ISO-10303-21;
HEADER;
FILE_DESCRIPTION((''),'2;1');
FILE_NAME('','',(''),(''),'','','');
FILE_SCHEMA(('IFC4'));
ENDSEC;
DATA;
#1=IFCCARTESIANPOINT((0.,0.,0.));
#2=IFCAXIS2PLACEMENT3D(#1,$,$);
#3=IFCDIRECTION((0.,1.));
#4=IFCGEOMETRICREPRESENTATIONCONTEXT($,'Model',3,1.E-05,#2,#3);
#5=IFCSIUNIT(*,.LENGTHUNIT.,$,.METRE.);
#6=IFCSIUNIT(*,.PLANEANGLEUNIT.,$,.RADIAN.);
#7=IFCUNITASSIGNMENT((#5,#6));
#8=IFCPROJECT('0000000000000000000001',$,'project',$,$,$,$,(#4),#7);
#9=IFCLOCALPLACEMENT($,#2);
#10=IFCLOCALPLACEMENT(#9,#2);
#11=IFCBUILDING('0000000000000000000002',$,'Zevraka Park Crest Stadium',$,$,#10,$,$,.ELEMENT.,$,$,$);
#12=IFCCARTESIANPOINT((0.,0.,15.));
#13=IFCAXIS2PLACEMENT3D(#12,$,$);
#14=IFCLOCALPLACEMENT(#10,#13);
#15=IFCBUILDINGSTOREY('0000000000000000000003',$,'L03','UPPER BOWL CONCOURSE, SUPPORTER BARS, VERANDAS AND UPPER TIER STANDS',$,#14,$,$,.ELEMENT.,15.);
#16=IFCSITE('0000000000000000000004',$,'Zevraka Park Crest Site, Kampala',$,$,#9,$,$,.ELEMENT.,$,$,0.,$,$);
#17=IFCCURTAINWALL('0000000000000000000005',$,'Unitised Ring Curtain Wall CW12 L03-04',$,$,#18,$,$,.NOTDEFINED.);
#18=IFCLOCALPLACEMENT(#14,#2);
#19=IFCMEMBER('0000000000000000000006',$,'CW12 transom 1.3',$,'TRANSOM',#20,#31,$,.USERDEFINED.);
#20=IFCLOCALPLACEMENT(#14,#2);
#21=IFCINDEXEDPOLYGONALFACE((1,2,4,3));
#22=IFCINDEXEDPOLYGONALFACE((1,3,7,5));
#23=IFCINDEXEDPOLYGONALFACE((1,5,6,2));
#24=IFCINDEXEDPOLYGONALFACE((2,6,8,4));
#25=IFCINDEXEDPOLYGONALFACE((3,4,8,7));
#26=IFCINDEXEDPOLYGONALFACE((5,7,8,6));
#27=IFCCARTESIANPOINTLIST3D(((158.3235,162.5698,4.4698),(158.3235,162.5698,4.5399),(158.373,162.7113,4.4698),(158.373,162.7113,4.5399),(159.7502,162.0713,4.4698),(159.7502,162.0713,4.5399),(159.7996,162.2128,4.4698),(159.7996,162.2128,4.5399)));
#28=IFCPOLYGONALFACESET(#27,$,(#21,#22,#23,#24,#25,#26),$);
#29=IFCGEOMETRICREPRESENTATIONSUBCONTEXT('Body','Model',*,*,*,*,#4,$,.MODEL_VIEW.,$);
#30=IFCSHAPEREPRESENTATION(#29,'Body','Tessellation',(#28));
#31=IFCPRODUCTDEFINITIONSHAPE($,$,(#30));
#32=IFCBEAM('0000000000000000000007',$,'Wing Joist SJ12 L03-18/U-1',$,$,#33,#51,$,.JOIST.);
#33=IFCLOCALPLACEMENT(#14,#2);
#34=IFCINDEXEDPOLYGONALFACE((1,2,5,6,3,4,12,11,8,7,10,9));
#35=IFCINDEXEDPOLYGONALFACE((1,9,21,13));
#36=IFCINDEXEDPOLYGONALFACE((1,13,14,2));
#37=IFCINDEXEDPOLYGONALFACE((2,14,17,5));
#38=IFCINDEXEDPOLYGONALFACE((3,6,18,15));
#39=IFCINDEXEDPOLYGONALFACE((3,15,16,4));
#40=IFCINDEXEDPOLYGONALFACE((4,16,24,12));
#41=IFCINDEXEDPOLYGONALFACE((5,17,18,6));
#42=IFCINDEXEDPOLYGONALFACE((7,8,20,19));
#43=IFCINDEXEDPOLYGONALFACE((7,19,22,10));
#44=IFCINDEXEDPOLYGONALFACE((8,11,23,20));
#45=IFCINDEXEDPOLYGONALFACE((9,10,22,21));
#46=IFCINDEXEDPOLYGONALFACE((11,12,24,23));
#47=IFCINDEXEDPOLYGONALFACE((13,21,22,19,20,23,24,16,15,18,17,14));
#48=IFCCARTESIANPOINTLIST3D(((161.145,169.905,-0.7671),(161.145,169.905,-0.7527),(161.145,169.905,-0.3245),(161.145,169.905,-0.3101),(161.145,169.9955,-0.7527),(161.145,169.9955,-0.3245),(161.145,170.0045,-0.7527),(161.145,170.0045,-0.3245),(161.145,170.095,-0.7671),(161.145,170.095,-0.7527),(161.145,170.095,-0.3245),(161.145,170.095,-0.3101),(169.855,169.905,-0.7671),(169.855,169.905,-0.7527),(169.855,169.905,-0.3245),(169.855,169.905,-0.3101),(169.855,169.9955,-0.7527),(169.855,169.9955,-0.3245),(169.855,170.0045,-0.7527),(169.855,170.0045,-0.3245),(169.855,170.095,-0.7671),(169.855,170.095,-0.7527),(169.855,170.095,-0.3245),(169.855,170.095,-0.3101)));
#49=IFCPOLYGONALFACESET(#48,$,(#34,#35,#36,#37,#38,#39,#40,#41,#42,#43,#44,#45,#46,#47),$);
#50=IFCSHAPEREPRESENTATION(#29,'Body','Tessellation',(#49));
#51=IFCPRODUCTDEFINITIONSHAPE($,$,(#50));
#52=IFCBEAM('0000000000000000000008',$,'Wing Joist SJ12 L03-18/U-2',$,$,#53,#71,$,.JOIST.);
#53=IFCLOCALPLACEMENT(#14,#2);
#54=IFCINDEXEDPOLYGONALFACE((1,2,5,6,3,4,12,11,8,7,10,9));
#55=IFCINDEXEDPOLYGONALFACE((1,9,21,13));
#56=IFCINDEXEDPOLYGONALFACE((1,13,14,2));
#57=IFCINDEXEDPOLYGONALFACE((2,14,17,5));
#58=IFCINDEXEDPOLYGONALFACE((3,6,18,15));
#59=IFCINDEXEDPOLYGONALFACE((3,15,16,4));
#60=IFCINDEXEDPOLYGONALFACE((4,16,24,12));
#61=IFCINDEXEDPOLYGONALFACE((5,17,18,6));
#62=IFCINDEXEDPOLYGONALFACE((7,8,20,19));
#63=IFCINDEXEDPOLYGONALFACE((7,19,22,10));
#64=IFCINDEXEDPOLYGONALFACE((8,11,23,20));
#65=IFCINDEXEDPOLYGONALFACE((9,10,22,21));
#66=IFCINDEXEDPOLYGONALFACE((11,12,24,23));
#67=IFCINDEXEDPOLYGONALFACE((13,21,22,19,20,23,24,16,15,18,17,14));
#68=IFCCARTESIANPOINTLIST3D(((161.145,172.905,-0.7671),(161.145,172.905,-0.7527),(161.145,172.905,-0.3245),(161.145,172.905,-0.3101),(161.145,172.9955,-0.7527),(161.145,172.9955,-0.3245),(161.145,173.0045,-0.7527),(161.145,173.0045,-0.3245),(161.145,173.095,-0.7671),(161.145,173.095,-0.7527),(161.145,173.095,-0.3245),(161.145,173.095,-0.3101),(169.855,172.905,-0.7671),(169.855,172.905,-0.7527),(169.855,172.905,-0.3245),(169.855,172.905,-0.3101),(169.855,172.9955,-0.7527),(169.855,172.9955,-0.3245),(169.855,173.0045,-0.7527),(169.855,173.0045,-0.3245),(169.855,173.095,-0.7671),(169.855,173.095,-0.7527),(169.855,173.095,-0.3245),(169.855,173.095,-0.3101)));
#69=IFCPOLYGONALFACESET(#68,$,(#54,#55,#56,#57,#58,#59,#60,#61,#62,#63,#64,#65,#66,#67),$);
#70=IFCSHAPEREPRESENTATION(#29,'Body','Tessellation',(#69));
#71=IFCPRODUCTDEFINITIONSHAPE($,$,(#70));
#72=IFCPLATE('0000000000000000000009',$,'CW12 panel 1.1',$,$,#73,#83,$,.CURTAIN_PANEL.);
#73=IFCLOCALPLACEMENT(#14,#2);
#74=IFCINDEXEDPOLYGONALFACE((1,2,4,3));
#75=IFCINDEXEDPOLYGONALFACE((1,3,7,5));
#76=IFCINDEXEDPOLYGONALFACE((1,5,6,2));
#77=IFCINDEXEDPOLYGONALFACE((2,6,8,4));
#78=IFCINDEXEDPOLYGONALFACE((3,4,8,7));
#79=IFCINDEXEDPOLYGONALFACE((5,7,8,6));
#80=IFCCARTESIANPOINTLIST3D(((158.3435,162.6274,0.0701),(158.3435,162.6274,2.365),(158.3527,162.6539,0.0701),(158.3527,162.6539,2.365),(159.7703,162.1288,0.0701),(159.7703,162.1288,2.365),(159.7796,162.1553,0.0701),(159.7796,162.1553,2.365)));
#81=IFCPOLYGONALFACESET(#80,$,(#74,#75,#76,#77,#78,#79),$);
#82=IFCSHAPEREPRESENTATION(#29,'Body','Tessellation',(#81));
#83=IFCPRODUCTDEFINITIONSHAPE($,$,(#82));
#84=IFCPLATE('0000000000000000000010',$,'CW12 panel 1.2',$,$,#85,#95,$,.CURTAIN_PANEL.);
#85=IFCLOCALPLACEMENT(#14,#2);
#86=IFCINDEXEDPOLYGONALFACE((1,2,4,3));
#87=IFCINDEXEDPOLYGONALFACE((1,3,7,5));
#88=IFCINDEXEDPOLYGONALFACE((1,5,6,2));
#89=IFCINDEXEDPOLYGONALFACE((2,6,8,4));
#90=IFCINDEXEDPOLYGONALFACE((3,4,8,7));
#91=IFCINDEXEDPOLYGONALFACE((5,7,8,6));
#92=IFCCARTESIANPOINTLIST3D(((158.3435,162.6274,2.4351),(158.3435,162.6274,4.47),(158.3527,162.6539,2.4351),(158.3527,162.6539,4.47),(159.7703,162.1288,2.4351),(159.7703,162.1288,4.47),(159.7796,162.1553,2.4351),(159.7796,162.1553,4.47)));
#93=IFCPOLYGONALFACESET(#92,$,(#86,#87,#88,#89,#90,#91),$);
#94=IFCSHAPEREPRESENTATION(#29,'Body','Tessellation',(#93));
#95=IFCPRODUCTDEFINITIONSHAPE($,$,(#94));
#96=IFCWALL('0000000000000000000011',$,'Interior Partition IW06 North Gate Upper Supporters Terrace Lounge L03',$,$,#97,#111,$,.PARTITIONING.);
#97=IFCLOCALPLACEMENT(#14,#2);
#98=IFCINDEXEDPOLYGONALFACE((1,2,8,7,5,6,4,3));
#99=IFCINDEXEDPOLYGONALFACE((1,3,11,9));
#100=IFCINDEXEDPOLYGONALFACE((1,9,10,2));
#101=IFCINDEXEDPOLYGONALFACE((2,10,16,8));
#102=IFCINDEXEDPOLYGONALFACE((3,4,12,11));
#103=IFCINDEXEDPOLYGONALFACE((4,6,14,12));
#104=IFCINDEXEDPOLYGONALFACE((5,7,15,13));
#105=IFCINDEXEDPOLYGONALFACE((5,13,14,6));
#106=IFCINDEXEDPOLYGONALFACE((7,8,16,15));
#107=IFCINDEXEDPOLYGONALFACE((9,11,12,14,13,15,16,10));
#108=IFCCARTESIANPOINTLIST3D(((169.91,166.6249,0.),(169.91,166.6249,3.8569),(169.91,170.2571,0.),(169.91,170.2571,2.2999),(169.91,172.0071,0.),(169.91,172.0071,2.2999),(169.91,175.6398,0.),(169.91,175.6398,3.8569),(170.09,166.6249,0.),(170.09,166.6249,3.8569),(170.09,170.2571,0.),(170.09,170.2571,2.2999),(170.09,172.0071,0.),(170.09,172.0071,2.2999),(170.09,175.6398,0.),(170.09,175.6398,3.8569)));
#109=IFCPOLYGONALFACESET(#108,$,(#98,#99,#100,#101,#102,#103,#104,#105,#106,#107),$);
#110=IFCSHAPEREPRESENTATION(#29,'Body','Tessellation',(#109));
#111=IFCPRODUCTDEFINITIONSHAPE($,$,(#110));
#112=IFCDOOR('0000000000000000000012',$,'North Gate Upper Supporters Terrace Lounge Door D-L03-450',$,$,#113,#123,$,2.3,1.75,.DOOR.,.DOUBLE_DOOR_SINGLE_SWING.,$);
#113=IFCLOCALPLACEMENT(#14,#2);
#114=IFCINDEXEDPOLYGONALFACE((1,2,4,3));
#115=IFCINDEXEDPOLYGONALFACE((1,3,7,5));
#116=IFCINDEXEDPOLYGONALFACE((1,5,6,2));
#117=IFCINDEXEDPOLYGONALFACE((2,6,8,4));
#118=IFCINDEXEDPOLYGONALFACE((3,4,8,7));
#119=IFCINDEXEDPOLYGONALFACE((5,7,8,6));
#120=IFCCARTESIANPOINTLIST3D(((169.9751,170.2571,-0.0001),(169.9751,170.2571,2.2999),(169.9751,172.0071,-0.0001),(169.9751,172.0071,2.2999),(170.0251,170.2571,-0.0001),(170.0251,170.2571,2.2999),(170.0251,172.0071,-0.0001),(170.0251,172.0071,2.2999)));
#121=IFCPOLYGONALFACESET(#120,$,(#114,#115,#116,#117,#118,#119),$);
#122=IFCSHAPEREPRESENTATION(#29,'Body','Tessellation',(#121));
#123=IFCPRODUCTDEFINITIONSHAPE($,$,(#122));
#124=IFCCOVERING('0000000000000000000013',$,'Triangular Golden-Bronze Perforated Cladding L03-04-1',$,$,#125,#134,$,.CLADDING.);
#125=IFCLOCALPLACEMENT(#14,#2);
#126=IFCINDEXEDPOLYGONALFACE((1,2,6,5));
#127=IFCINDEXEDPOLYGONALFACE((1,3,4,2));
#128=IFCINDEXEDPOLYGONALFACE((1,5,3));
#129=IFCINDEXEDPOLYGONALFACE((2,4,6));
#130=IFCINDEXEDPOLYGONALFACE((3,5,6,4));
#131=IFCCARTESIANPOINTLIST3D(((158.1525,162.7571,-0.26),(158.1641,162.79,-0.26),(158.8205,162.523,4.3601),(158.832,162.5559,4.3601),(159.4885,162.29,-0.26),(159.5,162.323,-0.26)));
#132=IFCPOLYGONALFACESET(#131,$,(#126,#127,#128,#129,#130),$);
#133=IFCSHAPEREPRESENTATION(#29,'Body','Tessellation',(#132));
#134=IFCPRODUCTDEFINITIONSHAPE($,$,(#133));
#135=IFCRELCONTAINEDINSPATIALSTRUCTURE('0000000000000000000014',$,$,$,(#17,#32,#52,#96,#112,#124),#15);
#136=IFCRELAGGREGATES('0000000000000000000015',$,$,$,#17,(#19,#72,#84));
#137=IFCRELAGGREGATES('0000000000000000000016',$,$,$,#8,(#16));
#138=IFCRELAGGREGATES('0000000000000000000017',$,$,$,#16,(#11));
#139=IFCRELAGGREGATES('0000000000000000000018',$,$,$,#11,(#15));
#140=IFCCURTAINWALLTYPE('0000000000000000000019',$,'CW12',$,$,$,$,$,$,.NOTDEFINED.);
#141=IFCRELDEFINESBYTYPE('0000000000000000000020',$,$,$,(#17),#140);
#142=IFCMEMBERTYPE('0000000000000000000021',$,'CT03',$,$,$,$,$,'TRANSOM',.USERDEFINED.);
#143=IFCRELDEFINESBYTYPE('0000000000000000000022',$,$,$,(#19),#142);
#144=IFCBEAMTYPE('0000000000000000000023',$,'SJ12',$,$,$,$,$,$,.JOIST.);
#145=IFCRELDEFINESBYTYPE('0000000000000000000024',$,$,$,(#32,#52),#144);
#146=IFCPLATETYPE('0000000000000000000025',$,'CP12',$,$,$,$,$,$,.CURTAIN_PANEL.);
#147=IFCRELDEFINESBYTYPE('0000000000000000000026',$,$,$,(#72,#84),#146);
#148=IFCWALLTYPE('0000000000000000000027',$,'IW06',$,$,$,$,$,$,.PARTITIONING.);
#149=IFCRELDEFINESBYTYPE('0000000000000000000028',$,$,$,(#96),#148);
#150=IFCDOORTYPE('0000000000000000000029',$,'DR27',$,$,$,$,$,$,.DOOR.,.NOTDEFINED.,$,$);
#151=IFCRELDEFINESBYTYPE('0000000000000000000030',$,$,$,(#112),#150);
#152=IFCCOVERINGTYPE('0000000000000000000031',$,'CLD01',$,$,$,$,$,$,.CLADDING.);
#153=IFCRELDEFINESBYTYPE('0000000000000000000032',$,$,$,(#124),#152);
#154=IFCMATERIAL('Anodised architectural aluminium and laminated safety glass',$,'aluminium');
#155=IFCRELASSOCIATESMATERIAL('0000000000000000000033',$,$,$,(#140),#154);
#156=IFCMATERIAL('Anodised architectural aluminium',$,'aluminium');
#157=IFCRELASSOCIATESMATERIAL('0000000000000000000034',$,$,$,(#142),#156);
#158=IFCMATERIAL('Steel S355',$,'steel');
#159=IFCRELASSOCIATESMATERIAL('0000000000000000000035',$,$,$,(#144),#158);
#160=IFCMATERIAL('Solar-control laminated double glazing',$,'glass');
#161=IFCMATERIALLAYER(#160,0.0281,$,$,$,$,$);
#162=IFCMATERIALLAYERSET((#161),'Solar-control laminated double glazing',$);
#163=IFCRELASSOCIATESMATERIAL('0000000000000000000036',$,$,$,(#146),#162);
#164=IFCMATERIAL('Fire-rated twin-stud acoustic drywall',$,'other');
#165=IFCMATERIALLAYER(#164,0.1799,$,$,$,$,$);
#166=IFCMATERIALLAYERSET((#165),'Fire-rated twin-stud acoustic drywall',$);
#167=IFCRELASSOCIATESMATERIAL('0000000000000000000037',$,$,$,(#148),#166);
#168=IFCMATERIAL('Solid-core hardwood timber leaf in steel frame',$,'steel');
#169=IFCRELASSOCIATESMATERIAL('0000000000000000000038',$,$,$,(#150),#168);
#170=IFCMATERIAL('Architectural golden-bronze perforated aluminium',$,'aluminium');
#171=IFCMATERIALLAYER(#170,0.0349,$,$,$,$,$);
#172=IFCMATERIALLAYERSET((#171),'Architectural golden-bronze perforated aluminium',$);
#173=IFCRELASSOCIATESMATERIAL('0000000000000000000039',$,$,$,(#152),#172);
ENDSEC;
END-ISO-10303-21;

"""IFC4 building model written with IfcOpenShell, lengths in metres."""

from ifc_helpers import new_model, si_unit, direction, frame, frame_2d, origin, origin_2d, place, context, subcontext, project, spatial, polyline, rectangle, i_section, outline, extrude, material, layer, layer_set, material_profile, profile_set, type_object, element, fill, aggregate, save


model = new_model("IFC4")

# Units and contexts
model_context = context("Model", 3, precision=1e-05, world=origin(), true_north=direction((0.0, 1.0)))
body_context = subcontext(model_context, "Body", "Model", "MODEL_VIEW")
ifc_project = project(units=[si_unit("LENGTHUNIT", "METRE"), si_unit("PLANEANGLEUNIT", "RADIAN")], contexts=[model_context])

# Site, building, storey
site_placement = place(None, origin())
site = spatial("IfcSite", under=ifc_project, at=site_placement, Name="Zevraka Park Crest Site, Kampala", CompositionType="ELEMENT", RefElevation=0.0)
building_placement = place(site_placement, origin())
building = spatial("IfcBuilding", under=site, at=building_placement, Name="Zevraka Park Crest Stadium", CompositionType="ELEMENT")
storey_placement = place(building_placement, frame((0.0, 0.0, 15.0)))
storey = spatial("IfcBuildingStorey", under=building, at=storey_placement, Name="L03", Description="UPPER BOWL CONCOURSE, SUPPORTER BARS, VERANDAS AND UPPER TIER STANDS", CompositionType="ELEMENT", Elevation=15.0)

# Curtain wall, member
ifc_material_1 = material(Name="Anodised architectural aluminium and laminated safety glass", Category="aluminium")
curtain_wall_type_1 = type_object("IfcCurtainWallType", Name="CW12", PredefinedType="NOTDEFINED", material=ifc_material_1)
curtain_wall_1_placement = place(storey_placement, origin())
curtain_wall_1 = element("IfcCurtainWall", 1, at=curtain_wall_1_placement, inside=storey, type_object=curtain_wall_type_1, Name="Unitised Ring Curtain Wall CW12 L03-04", PredefinedType="NOTDEFINED")
ifc_material_2 = material(Name="Anodised architectural aluminium", Category="aluminium")
ifc_material_profile_1 = material_profile(ifc_material_2, rectangle(XDim=0.1499, YDim=0.0701, at=origin_2d()), Name="ALU TRANSOM 150x70")
ifc_profile_set_1 = profile_set([ifc_material_profile_1], Name="Anodised architectural aluminium")
member_type_1 = type_object("IfcMemberType", Name="CT03", ElementType="TRANSOM", PredefinedType="USERDEFINED", material=ifc_profile_set_1)
member_1_placement = place(storey_placement, frame((159.7749, 162.1421, 4.5049), z_axis=(-0.944029, 0.329861, 0.0), x_axis=(-0.329861, -0.944029, 0.0)))
member_1 = element("IfcMember", 2, at=member_1_placement, type_object=member_type_1, Name="CW12 transom 1.3", ObjectType="TRANSOM", PredefinedType="USERDEFINED", context=body_context, shape_type="SweptSolid", body=[
    extrude(rectangle(XDim=0.1499, YDim=0.0701, at=origin_2d()), origin(), (0.0, 0.0, 1.0), 1.5112),
])

# Beams
ifc_material_3 = material(Name="Steel S355", Category="steel")
ifc_material_profile_2 = material_profile(ifc_material_3, i_section(OverallWidth=0.1899, OverallDepth=0.457, WebThickness=0.009, FlangeThickness=0.0144, at=origin_2d()), Name="UKB 457x191x74")
ifc_profile_set_2 = profile_set([ifc_material_profile_2], Name="Steel S355")
beam_type_1 = type_object("IfcBeamType", Name="SJ12", PredefinedType="JOIST", material=ifc_profile_set_2)
for number, where, z_axis, x_axis, name in (
    (3, (161.145, 170.0, -0.5386), (1.0, 0.0, 0.0), (0.0, 1.0, 0.0), "Wing Joist SJ12 L03-18/U-1"),
    (4, (161.145, 173.0, -0.5386), (1.0, 0.0, 0.0), (0.0, 1.0, 0.0), "Wing Joist SJ12 L03-18/U-2"),
):
    element("IfcBeam", number, at=place(storey_placement, frame(where, z_axis=z_axis, x_axis=x_axis)), inside=storey, type_object=beam_type_1, Name=name, PredefinedType="JOIST", context=body_context, shape_type="SweptSolid", body=[
        extrude(i_section(OverallWidth=0.1899, OverallDepth=0.457, WebThickness=0.009, FlangeThickness=0.0144, at=origin_2d()), origin(), (0.0, 0.0, 1.0), 8.71),
    ])

# Plates
ifc_material_4 = material(Name="Solar-control laminated double glazing", Category="glass")
ifc_layer_1 = layer(ifc_material_4, 0.0281)
ifc_layer_set_1 = layer_set([ifc_layer_1], Name="Solar-control laminated double glazing")
plate_type = type_object("IfcPlateType", Name="CP12", PredefinedType="CURTAIN_PANEL", material=ifc_layer_set_1)
plate_1_placement = place(storey_placement, frame((159.0615, 162.3914, 0.0701), z_axis=(0.0, 0.0, 1.0), x_axis=(-0.94401, 0.329917, 0.0)))
plate_1 = element("IfcPlate", 5, at=plate_1_placement, type_object=plate_type, Name="CW12 panel 1.1", PredefinedType="CURTAIN_PANEL", context=body_context, shape_type="SweptSolid", body=[
    extrude(rectangle(XDim=1.5115, YDim=0.0281, at=origin_2d()), origin(), (0.0, 0.0, 1.0), 2.2949),
])
plate_2_placement = place(storey_placement, frame((159.0615, 162.3914, 2.4351), z_axis=(0.0, 0.0, 1.0), x_axis=(-0.94401, 0.329917, 0.0)))
plate_2 = element("IfcPlate", 6, at=plate_2_placement, type_object=plate_type, Name="CW12 panel 1.2", PredefinedType="CURTAIN_PANEL", context=body_context, shape_type="SweptSolid", body=[
    extrude(rectangle(XDim=1.5115, YDim=0.0281, at=origin_2d()), origin(), (0.0, 0.0, 1.0), 2.0349),
])
aggregate(curtain_wall_1, [member_1, plate_1, plate_2])

# Wall, opening, door
ifc_material_5 = material(Name="Fire-rated twin-stud acoustic drywall", Category="other")
ifc_layer_2 = layer(ifc_material_5, 0.1799)
ifc_layer_set_2 = layer_set([ifc_layer_2], Name="Fire-rated twin-stud acoustic drywall")
wall_type = type_object("IfcWallType", Name="IW06", PredefinedType="PARTITIONING", material=ifc_layer_set_2)
wall_placement = place(storey_placement, frame((170.0, 166.625, 0.0), z_axis=(0.0, 0.0, 1.0), x_axis=(0.0, 1.0, 0.0)))
wall = element("IfcWall", 7, at=wall_placement, inside=storey, type_object=wall_type, Name="Interior Partition IW06 North Gate Upper Supporters Terrace Lounge L03", PredefinedType="PARTITIONING", context=body_context, shape_type="SweptSolid", body=[
    extrude(rectangle(XDim=9.0149, YDim=0.1799, at=frame_2d((4.5073, 0.0))), origin(), (0.0, 0.0, 1.0), 3.8569),
])
opening_placement = place(wall_placement, frame((3.6321, 0.0, 0.0)))
opening = element("IfcOpeningElement", 8, at=opening_placement, cuts=wall, PredefinedType="OPENING", context=body_context, shape_type="SweptSolid", body=[
    extrude(rectangle(XDim=1.75, YDim=2.3, at=frame_2d((0.875, 1.1499))), frame((0.0, 0.0999, 0.0), z_axis=(0.0, -1.0, 0.0), x_axis=(1.0, 0.0, 0.0)), (0.0, 0.0, 1.0), 0.2),
])
ifc_material_6 = material(Name="Solid-core hardwood timber leaf in steel frame", Category="steel")
door_type = type_object("IfcDoorType", Name="DR27", OperationType="NOTDEFINED", PredefinedType="DOOR", material=ifc_material_6)
door_placement = place(opening_placement, origin())
door = element("IfcDoor", 9, at=door_placement, inside=storey, type_object=door_type, Name="North Gate Upper Supporters Terrace Lounge Door D-L03-450", OperationType="DOUBLE_DOOR_SINGLE_SWING", OverallHeight=2.3, OverallWidth=1.75, PredefinedType="DOOR", context=body_context, shape_type="SweptSolid", body=[
    extrude(rectangle(XDim=1.75, YDim=2.3, at=frame_2d((0.875, 1.1499))), frame((0.0, 0.0249, 0.0), z_axis=(0.0, -1.0, 0.0), x_axis=(1.0, 0.0, 0.0)), (0.0, 0.0, 1.0), 0.05),
])
fill(opening, door)

# Covering
ifc_material_7 = material(Name="Architectural golden-bronze perforated aluminium", Category="aluminium")
ifc_layer_3 = layer(ifc_material_7, 0.0349)
ifc_layer_set_3 = layer_set([ifc_layer_3], Name="Architectural golden-bronze perforated aluminium")
covering_type = type_object("IfcCoveringType", Name="CLD01", PredefinedType="CLADDING", material=ifc_layer_set_3)
covering_placement = place(storey_placement, frame((159.5, 162.323, -0.26), z_axis=(0.330012, 0.943977, 0.000125), x_axis=(-0.943977, 0.330012, 0.0)))
element("IfcCovering", 10, at=covering_placement, inside=storey, type_object=covering_type, Name="Triangular Golden-Bronze Perforated Cladding L03-04-1", PredefinedType="CLADDING", context=body_context, shape_type="SweptSolid", body=[
    extrude(outline(polyline([(0.0, 0.0), (1.4152, 0.0), (0.7074, 4.6201), (0.0, 0.0)])), origin(), (0.0, 0.0, -1.0), 0.0349),
])

save(model, "model.ifc")
